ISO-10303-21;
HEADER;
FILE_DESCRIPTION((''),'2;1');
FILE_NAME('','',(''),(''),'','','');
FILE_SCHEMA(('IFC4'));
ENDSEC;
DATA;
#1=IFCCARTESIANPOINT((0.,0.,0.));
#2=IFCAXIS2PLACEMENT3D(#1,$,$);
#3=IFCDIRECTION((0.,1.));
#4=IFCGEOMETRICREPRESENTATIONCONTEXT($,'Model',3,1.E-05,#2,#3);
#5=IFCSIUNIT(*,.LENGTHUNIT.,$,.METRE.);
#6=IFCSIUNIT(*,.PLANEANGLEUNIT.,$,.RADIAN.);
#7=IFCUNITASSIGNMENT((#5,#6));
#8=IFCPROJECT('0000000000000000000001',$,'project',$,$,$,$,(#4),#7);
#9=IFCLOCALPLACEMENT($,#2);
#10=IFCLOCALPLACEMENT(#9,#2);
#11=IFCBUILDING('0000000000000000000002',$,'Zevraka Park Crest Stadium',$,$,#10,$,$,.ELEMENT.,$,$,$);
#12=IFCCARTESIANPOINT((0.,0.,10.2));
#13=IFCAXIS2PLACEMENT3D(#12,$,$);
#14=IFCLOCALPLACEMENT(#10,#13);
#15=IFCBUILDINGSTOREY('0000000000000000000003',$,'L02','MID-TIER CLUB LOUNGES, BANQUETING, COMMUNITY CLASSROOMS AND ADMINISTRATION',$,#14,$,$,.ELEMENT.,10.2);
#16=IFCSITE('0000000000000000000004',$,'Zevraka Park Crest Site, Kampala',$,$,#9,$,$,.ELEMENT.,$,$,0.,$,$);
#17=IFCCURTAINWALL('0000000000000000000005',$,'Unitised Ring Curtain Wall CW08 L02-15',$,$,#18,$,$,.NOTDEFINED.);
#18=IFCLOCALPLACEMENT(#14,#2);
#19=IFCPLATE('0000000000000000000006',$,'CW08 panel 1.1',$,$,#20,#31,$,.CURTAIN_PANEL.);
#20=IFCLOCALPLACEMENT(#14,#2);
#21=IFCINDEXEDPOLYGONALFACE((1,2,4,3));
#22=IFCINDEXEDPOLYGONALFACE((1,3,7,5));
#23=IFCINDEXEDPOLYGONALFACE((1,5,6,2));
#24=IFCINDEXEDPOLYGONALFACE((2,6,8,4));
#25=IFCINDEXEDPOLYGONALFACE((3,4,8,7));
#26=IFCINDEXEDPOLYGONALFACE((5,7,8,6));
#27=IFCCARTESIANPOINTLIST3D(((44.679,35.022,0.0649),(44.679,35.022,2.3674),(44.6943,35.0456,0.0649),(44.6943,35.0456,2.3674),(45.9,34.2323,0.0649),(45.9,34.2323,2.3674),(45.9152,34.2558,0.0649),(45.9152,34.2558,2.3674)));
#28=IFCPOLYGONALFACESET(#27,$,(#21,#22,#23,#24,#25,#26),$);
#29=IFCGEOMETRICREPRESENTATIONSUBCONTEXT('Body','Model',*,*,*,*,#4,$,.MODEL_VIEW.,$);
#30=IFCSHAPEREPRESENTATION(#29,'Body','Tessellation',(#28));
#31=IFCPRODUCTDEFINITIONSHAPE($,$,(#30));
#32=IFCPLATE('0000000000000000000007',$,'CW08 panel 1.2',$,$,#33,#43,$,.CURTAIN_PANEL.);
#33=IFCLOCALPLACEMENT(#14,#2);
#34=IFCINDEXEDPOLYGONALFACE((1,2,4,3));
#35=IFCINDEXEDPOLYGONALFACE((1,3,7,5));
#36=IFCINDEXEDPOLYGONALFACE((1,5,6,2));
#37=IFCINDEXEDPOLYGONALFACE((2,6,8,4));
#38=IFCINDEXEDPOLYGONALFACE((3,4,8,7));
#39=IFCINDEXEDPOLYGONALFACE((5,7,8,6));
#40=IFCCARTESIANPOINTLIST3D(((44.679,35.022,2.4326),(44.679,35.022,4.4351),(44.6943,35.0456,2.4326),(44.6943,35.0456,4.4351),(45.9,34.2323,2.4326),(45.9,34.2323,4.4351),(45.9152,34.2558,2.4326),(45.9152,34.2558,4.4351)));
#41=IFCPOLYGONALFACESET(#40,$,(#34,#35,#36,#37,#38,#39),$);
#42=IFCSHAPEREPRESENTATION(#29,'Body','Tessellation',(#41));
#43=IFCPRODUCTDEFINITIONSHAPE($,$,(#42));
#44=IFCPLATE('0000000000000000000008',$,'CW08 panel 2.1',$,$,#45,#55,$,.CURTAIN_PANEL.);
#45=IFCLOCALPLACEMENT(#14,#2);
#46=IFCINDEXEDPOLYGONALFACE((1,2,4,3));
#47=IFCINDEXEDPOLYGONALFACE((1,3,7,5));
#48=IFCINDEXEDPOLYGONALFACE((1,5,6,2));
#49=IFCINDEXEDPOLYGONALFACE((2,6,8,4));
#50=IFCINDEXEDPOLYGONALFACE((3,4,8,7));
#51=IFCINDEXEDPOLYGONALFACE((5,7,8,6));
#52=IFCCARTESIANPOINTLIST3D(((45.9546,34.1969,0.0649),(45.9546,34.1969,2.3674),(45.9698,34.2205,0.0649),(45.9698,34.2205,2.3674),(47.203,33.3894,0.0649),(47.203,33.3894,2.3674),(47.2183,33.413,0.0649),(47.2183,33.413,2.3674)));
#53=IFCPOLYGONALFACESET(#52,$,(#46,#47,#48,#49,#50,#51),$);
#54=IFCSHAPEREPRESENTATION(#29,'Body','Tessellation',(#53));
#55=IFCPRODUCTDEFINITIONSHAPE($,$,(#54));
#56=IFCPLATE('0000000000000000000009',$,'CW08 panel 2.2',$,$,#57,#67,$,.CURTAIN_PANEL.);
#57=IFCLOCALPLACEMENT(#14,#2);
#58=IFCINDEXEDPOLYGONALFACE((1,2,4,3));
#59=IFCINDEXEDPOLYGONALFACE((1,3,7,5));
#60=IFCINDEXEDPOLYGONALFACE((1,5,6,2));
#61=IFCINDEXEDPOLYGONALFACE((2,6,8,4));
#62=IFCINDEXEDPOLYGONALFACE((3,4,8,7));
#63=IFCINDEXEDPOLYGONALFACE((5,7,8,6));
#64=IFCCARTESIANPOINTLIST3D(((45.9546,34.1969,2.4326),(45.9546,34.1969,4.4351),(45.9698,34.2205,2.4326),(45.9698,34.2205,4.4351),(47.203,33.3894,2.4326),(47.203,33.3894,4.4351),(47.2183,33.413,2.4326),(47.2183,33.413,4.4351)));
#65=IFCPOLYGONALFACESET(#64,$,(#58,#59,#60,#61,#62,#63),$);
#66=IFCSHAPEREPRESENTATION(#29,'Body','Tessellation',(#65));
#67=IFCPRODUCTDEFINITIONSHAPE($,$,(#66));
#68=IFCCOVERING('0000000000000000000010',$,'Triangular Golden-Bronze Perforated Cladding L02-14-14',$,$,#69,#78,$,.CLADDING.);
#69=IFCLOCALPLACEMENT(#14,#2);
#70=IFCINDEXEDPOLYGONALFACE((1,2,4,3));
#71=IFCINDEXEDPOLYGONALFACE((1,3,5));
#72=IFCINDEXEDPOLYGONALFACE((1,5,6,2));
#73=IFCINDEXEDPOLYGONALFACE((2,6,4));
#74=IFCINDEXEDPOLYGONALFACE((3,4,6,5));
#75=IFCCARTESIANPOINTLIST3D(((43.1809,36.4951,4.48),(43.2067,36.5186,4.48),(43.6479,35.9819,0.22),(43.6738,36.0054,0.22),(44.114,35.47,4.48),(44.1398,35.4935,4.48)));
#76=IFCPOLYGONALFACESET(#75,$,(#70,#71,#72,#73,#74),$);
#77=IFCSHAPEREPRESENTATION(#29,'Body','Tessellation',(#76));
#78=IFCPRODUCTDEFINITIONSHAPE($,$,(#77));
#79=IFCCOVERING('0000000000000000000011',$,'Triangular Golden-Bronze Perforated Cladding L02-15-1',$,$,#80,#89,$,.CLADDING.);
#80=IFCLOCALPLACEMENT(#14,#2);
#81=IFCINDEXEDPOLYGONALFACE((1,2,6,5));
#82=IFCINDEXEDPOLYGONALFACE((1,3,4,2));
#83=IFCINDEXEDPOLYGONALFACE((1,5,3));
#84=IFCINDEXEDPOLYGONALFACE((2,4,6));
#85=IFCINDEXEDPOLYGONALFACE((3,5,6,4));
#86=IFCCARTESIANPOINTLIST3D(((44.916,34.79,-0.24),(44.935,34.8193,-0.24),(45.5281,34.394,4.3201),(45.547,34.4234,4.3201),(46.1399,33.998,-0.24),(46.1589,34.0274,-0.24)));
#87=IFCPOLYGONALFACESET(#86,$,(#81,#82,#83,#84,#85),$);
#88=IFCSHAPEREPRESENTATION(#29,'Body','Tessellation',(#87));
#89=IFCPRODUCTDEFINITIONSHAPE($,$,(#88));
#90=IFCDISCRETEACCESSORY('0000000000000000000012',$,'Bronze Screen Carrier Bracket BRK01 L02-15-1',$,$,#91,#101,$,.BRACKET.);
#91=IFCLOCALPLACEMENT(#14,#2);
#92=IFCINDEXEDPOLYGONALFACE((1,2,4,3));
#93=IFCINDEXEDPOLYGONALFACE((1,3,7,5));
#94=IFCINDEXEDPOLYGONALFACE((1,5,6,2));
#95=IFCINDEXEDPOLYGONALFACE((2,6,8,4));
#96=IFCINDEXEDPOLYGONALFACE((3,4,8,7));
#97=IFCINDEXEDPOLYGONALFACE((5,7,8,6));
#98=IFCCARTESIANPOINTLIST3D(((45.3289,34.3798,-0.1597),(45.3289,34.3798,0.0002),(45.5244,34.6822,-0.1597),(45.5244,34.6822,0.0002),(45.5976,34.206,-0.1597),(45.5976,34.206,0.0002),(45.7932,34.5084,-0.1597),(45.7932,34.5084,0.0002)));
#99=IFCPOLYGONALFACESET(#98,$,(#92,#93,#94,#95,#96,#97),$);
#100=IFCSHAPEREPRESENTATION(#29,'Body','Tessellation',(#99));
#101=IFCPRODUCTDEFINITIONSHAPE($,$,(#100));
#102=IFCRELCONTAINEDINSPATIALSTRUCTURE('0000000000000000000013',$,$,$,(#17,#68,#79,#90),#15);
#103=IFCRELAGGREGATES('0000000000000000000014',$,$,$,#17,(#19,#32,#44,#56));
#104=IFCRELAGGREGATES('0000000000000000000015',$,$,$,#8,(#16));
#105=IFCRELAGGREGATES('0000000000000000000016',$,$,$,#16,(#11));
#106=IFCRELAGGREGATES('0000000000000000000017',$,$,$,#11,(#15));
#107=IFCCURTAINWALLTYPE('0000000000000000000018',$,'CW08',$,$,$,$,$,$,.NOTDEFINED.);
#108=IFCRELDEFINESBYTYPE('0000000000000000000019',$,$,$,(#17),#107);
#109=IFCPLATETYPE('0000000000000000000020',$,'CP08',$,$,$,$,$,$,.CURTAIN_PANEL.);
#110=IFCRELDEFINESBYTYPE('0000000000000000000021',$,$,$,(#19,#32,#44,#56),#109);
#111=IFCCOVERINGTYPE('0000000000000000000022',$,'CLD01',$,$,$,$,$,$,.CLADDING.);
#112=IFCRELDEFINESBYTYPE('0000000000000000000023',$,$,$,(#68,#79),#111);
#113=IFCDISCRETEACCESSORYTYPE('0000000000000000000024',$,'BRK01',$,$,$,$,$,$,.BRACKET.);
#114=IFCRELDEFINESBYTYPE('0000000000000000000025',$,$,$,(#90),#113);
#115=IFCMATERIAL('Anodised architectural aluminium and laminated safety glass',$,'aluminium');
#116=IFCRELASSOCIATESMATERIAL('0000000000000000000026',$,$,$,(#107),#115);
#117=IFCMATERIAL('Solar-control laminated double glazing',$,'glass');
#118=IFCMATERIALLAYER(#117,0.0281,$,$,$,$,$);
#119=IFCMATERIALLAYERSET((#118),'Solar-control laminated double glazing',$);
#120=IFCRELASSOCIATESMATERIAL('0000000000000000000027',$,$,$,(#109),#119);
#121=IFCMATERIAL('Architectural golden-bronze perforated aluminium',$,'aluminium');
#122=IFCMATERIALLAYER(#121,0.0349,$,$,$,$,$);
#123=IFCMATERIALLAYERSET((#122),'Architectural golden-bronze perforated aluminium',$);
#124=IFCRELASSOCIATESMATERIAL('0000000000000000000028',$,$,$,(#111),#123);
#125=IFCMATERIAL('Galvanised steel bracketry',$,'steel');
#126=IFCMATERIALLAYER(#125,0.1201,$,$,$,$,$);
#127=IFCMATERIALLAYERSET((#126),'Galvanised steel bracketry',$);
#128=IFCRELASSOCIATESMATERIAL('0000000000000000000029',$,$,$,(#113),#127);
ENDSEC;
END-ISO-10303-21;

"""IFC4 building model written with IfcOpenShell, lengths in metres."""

from ifc_helpers import new_model, si_unit, direction, frame, origin, origin_2d, place, context, subcontext, project, spatial, polyline, rectangle, outline, extrude, material, layer, layer_set, type_object, element, aggregate, save


model = new_model("IFC4")

# Units and contexts
model_context = context("Model", 3, precision=1e-05, world=origin(), true_north=direction((0.0, 1.0)))
body_context = subcontext(model_context, "Body", "Model", "MODEL_VIEW")
ifc_project = project(units=[si_unit("LENGTHUNIT", "METRE"), si_unit("PLANEANGLEUNIT", "RADIAN")], contexts=[model_context])

# Site, building, storey
site_placement = place(None, origin())
site = spatial("IfcSite", under=ifc_project, at=site_placement, Name="Zevraka Park Crest Site, Kampala", CompositionType="ELEMENT", RefElevation=0.0)
building_placement = place(site_placement, origin())
building = spatial("IfcBuilding", under=site, at=building_placement, Name="Zevraka Park Crest Stadium", CompositionType="ELEMENT")
storey_placement = place(building_placement, frame((0.0, 0.0, 10.2)))
storey = spatial("IfcBuildingStorey", under=building, at=storey_placement, Name="L02", Description="MID-TIER CLUB LOUNGES, BANQUETING, COMMUNITY CLASSROOMS AND ADMINISTRATION", CompositionType="ELEMENT", Elevation=10.2)

# Shared definitions
ifc_material_1 = material(Name="Anodised architectural aluminium and laminated safety glass", Category="aluminium")
curtain_wall_type = type_object("IfcCurtainWallType", Name="CW08", PredefinedType="NOTDEFINED", material=ifc_material_1)

# Curtain wall
curtain_wall_1_placement = place(storey_placement, origin())
curtain_wall_1 = element("IfcCurtainWall", 1, at=curtain_wall_1_placement, inside=storey, type_object=curtain_wall_type, Name="Unitised Ring Curtain Wall CW08 L02-15", PredefinedType="NOTDEFINED")

# Plates
ifc_material_2 = material(Name="Solar-control laminated double glazing", Category="glass")
ifc_layer_1 = layer(ifc_material_2, 0.0281)
ifc_layer_set_1 = layer_set([ifc_layer_1], Name="Solar-control laminated double glazing")
plate_type = type_object("IfcPlateType", Name="CP08", PredefinedType="CURTAIN_PANEL", material=ifc_layer_set_1)
plate_1_placement = place(storey_placement, frame((45.2971, 34.6389, 0.0649), z_axis=(0.0, 0.0, 1.0), x_axis=(0.83967, -0.543096, 0.0)))
plate_1 = element("IfcPlate", 2, at=plate_1_placement, type_object=plate_type, Name="CW08 panel 1.1", PredefinedType="CURTAIN_PANEL", context=body_context, shape_type="SweptSolid", body=[
    extrude(rectangle(XDim=1.4541, YDim=0.0281, at=origin_2d()), origin(), (0.0, 0.0, 1.0), 2.3025),
])
plate_2_placement = place(storey_placement, frame((45.2971, 34.6389, 2.4326), z_axis=(0.0, 0.0, 1.0), x_axis=(0.83967, -0.543096, 0.0)))
plate_2 = element("IfcPlate", 3, at=plate_2_placement, type_object=plate_type, Name="CW08 panel 1.2", PredefinedType="CURTAIN_PANEL", context=body_context, shape_type="SweptSolid", body=[
    extrude(rectangle(XDim=1.4541, YDim=0.0281, at=origin_2d()), origin(), (0.0, 0.0, 1.0), 2.0024),
])
plate_3_placement = place(storey_placement, frame((46.5864, 33.8049, 0.0649), z_axis=(0.0, 0.0, 1.0), x_axis=(0.83967, -0.543096, 0.0)))
plate_3 = element("IfcPlate", 4, at=plate_3_placement, type_object=plate_type, Name="CW08 panel 2.1", PredefinedType="CURTAIN_PANEL", context=body_context, shape_type="SweptSolid", body=[
    extrude(rectangle(XDim=1.4868, YDim=0.0281, at=origin_2d()), origin(), (0.0, 0.0, 1.0), 2.3025),
])
plate_4_placement = place(storey_placement, frame((46.5864, 33.8049, 2.4326), z_axis=(0.0, 0.0, 1.0), x_axis=(0.83967, -0.543096, 0.0)))
plate_4 = element("IfcPlate", 5, at=plate_4_placement, type_object=plate_type, Name="CW08 panel 2.2", PredefinedType="CURTAIN_PANEL", context=body_context, shape_type="SweptSolid", body=[
    extrude(rectangle(XDim=1.4868, YDim=0.0281, at=origin_2d()), origin(), (0.0, 0.0, 1.0), 2.0024),
])
aggregate(curtain_wall_1, [plate_1, plate_2, plate_3, plate_4])

# Coverings
ifc_material_3 = material(Name="Architectural golden-bronze perforated aluminium", Category="aluminium")
ifc_layer_2 = layer(ifc_material_3, 0.0349)
ifc_layer_set_2 = layer_set([ifc_layer_2], Name="Architectural golden-bronze perforated aluminium")
covering_type = type_object("IfcCoveringType", Name="CLD01", PredefinedType="CLADDING", material=ifc_layer_set_2)
covering_1_placement = place(storey_placement, frame((44.114, 35.47, 4.48), z_axis=(-0.739526, -0.673129, 0.000012), x_axis=(-0.673129, 0.739526, 0.0)))
element("IfcCovering", 6, at=covering_1_placement, inside=storey, type_object=covering_type, Name="Triangular Golden-Bronze Perforated Cladding L02-14-14", PredefinedType="CLADDING", context=body_context, shape_type="SweptSolid", body=[
    extrude(outline(polyline([(0.0, 0.0), (1.3862, 0.0), (0.6923, 4.26), (0.0, 0.0)])), origin(), (0.0, 0.0, -1.0), 0.0349),
])
covering_2_placement = place(storey_placement, frame((44.916, 34.79, -0.24), z_axis=(-0.543286, -0.839548, 0.000015), x_axis=(0.839548, -0.543286, 0.0)))
element("IfcCovering", 7, at=covering_2_placement, inside=storey, type_object=covering_type, Name="Triangular Golden-Bronze Perforated Cladding L02-15-1", PredefinedType="CLADDING", context=body_context, shape_type="SweptSolid", body=[
    extrude(outline(polyline([(0.0, 0.0), (1.4578, 0.0), (0.729, 4.5601), (0.0, 0.0)])), origin(), (0.0, 0.0, -1.0), 0.0349),
])

# Discrete accessory
ifc_material_4 = material(Name="Galvanised steel bracketry", Category="steel")
ifc_layer_3 = layer(ifc_material_4, 0.1201)
ifc_layer_set_3 = layer_set([ifc_layer_3], Name="Galvanised steel bracketry")
discrete_accessory_type = type_object("IfcDiscreteAccessoryType", Name="BRK01", PredefinedType="BRACKET", material=ifc_layer_set_3)
discrete_accessory_placement = place(storey_placement, frame((45.561, 34.4441, -0.1597), z_axis=(0.0, 0.0, 1.0), x_axis=(0.839715, -0.543028, 0.0)))
element("IfcDiscreteAccessory", 8, at=discrete_accessory_placement, inside=storey, type_object=discrete_accessory_type, Name="Bronze Screen Carrier Bracket BRK01 L02-15-1", PredefinedType="BRACKET", context=body_context, shape_type="SweptSolid", body=[
    extrude(rectangle(XDim=0.3201, YDim=0.3601, at=origin_2d()), origin(), (0.0, 0.0, 1.0), 0.1599),
])

save(model, "model.ifc")
